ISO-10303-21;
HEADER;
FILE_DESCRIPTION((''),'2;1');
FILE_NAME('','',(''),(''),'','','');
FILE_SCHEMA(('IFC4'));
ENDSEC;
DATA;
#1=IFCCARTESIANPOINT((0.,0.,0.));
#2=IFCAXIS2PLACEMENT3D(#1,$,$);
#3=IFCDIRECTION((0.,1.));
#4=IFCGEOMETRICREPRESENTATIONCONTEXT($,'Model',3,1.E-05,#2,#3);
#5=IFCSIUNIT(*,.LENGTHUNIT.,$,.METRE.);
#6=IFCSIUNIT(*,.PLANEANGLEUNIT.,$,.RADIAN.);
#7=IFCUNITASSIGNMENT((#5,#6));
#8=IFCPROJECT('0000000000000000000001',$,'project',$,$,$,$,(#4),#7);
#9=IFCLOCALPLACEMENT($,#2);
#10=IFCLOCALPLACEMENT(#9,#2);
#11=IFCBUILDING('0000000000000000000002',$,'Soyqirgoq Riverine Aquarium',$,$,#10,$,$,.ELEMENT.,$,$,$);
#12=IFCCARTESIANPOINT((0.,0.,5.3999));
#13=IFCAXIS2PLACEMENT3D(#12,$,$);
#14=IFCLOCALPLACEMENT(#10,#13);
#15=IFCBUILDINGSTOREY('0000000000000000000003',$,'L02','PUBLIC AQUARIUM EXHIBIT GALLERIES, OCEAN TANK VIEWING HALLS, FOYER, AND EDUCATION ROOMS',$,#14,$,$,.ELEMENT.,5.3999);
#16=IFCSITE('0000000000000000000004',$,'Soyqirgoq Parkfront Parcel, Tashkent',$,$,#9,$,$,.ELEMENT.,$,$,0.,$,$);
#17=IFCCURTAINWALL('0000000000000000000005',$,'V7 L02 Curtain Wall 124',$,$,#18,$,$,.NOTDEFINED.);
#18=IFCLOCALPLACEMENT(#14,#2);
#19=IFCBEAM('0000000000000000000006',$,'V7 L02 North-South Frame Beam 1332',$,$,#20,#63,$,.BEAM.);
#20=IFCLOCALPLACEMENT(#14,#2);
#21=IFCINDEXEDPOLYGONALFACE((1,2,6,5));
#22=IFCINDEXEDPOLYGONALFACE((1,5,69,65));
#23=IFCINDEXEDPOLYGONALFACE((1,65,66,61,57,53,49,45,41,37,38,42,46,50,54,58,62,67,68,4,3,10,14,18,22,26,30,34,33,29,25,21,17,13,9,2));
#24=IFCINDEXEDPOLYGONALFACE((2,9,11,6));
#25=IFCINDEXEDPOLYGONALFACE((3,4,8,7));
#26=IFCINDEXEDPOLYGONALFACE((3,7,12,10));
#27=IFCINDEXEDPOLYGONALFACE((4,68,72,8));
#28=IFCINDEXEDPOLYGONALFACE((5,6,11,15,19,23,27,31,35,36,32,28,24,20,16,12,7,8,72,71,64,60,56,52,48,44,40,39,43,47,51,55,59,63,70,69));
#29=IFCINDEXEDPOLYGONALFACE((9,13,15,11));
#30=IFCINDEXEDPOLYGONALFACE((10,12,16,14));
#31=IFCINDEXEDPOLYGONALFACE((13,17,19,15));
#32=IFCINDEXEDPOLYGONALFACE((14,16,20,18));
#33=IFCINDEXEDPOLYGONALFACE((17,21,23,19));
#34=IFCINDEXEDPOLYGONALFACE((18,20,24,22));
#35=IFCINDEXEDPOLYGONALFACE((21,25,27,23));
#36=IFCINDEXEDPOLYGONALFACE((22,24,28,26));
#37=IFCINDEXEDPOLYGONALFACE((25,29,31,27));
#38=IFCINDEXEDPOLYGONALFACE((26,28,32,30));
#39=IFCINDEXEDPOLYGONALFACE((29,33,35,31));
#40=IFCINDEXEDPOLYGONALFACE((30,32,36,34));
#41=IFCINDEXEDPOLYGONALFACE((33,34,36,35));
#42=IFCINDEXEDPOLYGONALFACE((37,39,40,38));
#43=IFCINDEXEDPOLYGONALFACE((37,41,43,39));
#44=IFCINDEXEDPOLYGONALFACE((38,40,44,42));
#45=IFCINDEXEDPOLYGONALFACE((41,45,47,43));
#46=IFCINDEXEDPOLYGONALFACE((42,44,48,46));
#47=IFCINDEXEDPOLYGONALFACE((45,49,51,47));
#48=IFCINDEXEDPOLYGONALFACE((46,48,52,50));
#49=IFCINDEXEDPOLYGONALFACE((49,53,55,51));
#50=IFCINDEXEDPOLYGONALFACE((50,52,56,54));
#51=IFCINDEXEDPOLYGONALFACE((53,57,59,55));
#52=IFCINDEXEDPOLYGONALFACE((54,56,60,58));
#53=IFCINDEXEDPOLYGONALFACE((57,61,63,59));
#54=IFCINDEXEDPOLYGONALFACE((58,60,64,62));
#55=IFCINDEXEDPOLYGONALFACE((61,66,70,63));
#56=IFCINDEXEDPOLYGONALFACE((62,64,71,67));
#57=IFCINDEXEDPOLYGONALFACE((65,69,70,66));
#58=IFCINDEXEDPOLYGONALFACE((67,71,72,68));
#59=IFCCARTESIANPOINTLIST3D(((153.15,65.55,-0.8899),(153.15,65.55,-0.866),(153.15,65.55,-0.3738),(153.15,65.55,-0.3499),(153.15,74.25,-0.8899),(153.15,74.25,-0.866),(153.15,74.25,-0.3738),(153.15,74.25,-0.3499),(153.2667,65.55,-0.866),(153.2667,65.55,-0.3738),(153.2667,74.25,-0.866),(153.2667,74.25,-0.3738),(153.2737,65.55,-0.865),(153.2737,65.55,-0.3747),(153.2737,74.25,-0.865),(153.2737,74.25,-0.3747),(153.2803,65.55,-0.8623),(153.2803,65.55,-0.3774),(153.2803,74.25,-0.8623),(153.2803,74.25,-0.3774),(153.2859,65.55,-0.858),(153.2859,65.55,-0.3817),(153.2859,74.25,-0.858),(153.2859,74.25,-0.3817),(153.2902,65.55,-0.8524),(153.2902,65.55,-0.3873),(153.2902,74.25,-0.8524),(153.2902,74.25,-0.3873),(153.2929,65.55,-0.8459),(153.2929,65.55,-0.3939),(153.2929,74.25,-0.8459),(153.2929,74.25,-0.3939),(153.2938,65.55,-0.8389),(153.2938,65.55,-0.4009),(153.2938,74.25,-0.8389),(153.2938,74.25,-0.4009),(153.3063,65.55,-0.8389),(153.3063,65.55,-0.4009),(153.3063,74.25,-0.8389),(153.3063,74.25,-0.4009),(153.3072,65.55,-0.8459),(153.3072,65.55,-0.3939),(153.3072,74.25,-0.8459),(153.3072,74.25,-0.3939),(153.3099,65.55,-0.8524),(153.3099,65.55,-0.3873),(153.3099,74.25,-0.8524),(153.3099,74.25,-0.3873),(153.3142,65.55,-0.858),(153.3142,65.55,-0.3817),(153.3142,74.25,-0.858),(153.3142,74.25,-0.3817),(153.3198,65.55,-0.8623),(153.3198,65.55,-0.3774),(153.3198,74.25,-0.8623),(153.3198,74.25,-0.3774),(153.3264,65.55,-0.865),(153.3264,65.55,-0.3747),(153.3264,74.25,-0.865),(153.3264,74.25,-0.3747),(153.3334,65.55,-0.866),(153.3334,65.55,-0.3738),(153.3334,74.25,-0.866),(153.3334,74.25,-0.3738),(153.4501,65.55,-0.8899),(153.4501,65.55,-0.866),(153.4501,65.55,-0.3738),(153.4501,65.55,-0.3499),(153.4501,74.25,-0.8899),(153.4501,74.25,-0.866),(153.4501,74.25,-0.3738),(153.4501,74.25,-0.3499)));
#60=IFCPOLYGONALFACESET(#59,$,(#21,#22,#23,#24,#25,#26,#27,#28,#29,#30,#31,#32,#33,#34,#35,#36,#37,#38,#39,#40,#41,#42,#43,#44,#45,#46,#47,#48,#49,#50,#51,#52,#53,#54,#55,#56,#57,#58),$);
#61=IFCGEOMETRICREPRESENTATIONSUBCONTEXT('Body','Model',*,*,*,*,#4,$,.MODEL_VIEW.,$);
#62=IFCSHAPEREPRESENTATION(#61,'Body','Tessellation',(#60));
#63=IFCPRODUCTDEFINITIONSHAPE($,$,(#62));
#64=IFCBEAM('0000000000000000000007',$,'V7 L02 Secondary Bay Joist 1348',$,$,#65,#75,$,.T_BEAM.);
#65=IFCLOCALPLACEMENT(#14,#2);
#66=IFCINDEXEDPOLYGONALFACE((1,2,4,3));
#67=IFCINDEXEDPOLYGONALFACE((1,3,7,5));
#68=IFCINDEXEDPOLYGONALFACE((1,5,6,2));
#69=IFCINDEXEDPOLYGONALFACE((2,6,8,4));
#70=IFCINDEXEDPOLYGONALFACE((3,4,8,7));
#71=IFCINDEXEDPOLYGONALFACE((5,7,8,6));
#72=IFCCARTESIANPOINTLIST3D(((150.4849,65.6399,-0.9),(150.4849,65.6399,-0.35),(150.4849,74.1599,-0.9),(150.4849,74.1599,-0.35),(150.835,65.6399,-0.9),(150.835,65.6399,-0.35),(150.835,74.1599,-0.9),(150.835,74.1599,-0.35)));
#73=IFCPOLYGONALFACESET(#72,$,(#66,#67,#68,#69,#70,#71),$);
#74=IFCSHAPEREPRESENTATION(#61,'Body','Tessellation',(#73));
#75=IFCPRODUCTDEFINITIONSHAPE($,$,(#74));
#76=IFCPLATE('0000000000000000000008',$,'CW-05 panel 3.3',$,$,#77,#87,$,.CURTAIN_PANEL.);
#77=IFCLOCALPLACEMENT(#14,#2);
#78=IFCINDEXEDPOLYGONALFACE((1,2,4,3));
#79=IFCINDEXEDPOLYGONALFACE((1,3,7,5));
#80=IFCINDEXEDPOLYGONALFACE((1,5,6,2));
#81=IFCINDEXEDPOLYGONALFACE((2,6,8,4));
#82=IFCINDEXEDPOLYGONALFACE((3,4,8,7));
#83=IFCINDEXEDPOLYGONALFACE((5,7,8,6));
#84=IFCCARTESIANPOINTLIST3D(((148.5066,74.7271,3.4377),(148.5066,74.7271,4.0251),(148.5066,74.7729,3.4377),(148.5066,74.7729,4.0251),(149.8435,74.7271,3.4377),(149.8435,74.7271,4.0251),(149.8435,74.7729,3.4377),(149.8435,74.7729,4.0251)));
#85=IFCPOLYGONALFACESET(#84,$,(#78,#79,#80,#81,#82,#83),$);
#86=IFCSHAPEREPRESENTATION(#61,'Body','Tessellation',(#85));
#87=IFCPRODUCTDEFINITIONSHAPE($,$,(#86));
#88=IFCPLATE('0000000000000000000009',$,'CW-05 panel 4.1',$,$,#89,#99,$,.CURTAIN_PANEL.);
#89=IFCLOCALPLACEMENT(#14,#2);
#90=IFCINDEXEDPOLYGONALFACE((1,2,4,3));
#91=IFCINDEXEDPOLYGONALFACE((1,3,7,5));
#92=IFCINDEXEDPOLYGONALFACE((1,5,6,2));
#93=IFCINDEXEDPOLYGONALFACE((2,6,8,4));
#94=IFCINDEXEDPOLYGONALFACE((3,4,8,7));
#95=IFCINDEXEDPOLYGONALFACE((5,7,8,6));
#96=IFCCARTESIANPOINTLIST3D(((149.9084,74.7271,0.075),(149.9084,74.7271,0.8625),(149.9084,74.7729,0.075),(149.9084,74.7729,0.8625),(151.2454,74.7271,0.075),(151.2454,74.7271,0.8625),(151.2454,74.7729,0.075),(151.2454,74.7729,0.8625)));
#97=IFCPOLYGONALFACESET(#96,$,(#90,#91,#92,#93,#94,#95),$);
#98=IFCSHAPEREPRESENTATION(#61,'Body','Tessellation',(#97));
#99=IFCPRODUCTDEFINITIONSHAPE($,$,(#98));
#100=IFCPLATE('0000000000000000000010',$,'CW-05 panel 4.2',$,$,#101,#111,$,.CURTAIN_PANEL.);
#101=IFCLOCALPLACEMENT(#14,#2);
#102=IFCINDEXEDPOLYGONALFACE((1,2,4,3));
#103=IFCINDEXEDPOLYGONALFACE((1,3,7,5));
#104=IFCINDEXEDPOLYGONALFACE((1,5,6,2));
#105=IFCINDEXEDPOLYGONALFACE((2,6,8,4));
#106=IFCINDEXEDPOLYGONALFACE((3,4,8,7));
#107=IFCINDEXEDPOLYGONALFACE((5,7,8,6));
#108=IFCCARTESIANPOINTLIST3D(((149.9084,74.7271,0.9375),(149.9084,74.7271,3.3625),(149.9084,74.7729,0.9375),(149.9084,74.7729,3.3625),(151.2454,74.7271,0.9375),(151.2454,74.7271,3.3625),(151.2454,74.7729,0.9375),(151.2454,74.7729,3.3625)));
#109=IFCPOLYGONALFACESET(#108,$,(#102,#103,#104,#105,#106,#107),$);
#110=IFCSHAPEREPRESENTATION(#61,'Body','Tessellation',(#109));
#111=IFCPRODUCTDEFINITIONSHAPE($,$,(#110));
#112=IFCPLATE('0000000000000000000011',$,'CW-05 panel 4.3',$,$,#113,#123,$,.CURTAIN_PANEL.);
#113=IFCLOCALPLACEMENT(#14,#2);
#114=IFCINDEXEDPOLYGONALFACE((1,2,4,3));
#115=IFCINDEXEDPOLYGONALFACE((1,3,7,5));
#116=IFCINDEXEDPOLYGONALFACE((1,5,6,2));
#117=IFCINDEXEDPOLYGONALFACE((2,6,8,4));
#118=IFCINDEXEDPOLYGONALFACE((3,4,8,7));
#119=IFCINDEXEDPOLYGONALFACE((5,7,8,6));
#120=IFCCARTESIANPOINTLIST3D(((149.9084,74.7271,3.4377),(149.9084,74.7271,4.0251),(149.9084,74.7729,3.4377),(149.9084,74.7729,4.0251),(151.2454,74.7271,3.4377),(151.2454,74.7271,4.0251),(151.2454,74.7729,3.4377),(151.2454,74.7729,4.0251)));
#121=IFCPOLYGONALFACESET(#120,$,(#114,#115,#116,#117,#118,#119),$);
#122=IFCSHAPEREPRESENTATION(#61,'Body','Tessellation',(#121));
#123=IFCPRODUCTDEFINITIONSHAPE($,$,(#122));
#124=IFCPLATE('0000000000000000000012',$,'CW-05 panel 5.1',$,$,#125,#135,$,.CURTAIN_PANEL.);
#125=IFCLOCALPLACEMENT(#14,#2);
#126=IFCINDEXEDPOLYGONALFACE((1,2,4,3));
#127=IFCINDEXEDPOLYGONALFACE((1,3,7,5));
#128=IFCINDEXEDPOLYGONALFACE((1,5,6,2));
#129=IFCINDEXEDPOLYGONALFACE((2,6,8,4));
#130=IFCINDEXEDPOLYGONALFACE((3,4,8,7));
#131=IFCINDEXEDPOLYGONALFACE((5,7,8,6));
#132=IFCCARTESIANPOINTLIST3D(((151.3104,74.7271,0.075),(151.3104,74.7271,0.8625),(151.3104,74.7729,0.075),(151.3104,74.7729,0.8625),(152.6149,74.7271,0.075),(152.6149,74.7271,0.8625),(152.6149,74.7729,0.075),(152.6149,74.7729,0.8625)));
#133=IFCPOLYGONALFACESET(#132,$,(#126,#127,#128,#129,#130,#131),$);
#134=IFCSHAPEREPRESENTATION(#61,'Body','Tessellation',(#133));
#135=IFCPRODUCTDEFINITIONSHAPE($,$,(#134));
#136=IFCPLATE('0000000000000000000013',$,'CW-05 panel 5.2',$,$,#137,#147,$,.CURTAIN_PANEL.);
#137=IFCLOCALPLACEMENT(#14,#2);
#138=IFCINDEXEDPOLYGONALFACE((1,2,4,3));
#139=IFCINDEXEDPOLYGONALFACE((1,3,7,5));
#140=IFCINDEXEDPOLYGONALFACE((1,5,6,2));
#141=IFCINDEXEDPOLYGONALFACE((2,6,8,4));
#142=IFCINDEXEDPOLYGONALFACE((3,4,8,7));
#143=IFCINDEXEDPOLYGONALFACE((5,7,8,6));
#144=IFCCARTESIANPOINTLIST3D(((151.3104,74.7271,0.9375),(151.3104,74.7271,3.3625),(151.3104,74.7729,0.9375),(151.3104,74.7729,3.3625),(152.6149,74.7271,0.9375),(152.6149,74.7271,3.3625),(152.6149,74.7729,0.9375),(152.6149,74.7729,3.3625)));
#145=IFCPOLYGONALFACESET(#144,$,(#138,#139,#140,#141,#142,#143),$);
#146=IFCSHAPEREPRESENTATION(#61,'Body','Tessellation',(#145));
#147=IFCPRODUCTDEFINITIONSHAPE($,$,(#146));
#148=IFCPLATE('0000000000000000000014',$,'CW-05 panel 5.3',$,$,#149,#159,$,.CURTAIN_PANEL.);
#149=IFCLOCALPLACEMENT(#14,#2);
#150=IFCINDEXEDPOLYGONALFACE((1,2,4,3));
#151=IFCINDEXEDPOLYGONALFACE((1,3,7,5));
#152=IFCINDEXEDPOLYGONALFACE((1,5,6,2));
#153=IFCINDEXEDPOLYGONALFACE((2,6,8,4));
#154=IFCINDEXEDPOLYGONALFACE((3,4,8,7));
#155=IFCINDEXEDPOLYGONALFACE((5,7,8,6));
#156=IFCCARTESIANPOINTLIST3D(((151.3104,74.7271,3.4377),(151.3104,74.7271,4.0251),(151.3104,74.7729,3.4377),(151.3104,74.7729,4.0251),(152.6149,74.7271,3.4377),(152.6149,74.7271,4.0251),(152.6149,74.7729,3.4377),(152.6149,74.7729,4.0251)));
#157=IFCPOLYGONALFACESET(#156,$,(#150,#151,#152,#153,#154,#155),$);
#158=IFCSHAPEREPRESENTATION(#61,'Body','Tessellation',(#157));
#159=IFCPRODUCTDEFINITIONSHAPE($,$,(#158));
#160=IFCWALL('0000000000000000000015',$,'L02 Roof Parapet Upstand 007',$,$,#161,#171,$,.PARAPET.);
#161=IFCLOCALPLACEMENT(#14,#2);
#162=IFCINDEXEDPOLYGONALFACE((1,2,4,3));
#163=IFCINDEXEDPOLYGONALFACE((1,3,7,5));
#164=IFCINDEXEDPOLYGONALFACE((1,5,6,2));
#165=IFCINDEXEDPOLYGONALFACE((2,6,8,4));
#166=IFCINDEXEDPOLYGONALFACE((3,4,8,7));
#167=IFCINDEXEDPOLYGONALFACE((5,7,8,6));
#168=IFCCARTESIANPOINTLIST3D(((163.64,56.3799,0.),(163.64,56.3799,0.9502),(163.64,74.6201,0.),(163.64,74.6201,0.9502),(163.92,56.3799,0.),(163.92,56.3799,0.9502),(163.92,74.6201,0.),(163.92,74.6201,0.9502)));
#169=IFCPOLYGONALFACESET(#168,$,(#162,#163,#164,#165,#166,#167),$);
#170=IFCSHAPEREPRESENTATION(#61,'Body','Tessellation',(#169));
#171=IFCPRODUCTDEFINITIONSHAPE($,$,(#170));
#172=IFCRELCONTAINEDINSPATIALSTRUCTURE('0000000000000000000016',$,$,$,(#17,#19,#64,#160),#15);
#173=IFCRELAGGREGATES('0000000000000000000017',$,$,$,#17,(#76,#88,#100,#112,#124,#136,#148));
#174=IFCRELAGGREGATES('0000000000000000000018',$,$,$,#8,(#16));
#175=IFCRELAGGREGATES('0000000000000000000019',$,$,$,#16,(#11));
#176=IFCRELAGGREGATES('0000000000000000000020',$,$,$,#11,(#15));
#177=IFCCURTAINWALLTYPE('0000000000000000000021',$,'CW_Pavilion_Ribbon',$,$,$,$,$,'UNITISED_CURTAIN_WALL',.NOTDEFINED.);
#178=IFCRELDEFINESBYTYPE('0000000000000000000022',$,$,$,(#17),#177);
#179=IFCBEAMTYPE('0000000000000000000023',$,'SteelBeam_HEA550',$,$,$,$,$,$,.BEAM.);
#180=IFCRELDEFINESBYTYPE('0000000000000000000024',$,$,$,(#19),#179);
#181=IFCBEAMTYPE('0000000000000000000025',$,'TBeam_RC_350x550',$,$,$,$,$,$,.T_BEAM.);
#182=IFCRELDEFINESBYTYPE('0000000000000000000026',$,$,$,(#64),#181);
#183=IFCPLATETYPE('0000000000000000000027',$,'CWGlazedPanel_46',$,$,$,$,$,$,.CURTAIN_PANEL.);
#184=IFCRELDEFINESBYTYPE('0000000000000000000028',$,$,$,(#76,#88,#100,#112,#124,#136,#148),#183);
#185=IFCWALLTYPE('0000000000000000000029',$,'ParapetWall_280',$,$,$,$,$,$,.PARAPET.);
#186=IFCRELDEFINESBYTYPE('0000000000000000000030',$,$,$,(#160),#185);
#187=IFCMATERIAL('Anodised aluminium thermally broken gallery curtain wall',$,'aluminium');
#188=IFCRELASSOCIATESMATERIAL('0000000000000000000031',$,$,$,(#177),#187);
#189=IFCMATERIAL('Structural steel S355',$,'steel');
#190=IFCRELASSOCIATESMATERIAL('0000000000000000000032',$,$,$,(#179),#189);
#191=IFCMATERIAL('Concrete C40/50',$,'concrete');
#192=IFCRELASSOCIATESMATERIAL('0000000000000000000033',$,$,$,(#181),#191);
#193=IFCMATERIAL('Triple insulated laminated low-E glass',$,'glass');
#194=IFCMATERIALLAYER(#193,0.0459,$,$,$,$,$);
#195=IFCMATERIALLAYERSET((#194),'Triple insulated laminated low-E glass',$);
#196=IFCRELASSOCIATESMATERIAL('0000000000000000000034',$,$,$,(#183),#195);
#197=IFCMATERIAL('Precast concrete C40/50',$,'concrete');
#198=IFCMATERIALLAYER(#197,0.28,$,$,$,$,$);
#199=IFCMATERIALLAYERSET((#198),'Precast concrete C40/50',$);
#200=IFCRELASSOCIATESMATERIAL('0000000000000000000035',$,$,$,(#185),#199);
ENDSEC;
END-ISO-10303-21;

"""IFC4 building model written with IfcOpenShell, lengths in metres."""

from ifc_helpers import new_model, si_unit, direction, frame, frame_2d, origin, origin_2d, place, context, subcontext, project, spatial, rectangle, i_section, extrude, material, layer, layer_set, material_profile, profile_set, type_object, element, aggregate, save


model = new_model("IFC4")

# Units and contexts
model_context = context("Model", 3, precision=1e-05, world=origin(), true_north=direction((0.0, 1.0)))
body_context = subcontext(model_context, "Body", "Model", "MODEL_VIEW")
ifc_project = project(units=[si_unit("LENGTHUNIT", "METRE"), si_unit("PLANEANGLEUNIT", "RADIAN")], contexts=[model_context])

# Site, building, storey
site_placement = place(None, origin())
site = spatial("IfcSite", under=ifc_project, at=site_placement, Name="Soyqirgoq Parkfront Parcel, Tashkent", CompositionType="ELEMENT", RefElevation=0.0)
building_placement = place(site_placement, origin())
building = spatial("IfcBuilding", under=site, at=building_placement, Name="Soyqirgoq Riverine Aquarium", CompositionType="ELEMENT")
storey_placement = place(building_placement, frame((0.0, 0.0, 5.3999)))
storey = spatial("IfcBuildingStorey", under=building, at=storey_placement, Name="L02", Description="PUBLIC AQUARIUM EXHIBIT GALLERIES, OCEAN TANK VIEWING HALLS, FOYER, AND EDUCATION ROOMS", CompositionType="ELEMENT", Elevation=5.3999)

# Curtain wall
ifc_material_1 = material(Name="Anodised aluminium thermally broken gallery curtain wall", Category="aluminium")
curtain_wall_type = type_object("IfcCurtainWallType", Name="CW_Pavilion_Ribbon", ElementType="UNITISED_CURTAIN_WALL", PredefinedType="NOTDEFINED", material=ifc_material_1)
curtain_wall_placement = place(storey_placement, origin())
curtain_wall = element("IfcCurtainWall", 1, at=curtain_wall_placement, inside=storey, type_object=curtain_wall_type, Name="V7 L02 Curtain Wall 124", PredefinedType="NOTDEFINED")

# Beams
ifc_material_2 = material(Name="Structural steel S355", Category="steel")
ifc_material_profile_1 = material_profile(ifc_material_2, i_section(OverallWidth=0.3, OverallDepth=0.54, WebThickness=0.0125, FlangeThickness=0.0239, FilletRadius=0.0271, at=origin_2d()), Name="HEA 550")
ifc_profile_set_1 = profile_set([ifc_material_profile_1], Name="Structural steel S355")
beam_type_1 = type_object("IfcBeamType", Name="SteelBeam_HEA550", PredefinedType="BEAM", material=ifc_profile_set_1)
beam_1_placement = place(storey_placement, frame((153.3, 65.55, -0.6199), z_axis=(0.0, 1.0, 0.0), x_axis=(-1.0, 0.0, 0.0)))
element("IfcBeam", 2, at=beam_1_placement, inside=storey, type_object=beam_type_1, Name="V7 L02 North-South Frame Beam 1332", PredefinedType="BEAM", context=body_context, shape_type="SweptSolid", body=[
    extrude(i_section(OverallWidth=0.3, OverallDepth=0.54, WebThickness=0.0125, FlangeThickness=0.0239, FilletRadius=0.0271, at=origin_2d()), origin(), (0.0, 0.0, 1.0), 8.7),
])
ifc_material_3 = material(Name="Concrete C40/50", Category="concrete")
ifc_material_profile_2 = material_profile(ifc_material_3, rectangle(XDim=0.3501, YDim=0.55, at=origin_2d()), Name="RC 350x550")
ifc_profile_set_2 = profile_set([ifc_material_profile_2], Name="Concrete C40/50")
beam_type_2 = type_object("IfcBeamType", Name="TBeam_RC_350x550", PredefinedType="T_BEAM", material=ifc_profile_set_2)
beam_2_placement = place(storey_placement, frame((150.6599, 65.6399, -0.625), z_axis=(0.0, 1.0, 0.0), x_axis=(-1.0, 0.0, 0.0)))
element("IfcBeam", 3, at=beam_2_placement, inside=storey, type_object=beam_type_2, Name="V7 L02 Secondary Bay Joist 1348", PredefinedType="T_BEAM", context=body_context, shape_type="SweptSolid", body=[
    extrude(rectangle(XDim=0.3501, YDim=0.55, at=origin_2d()), origin(), (0.0, 0.0, 1.0), 8.52),
])

# Plates
ifc_material_4 = material(Name="Triple insulated laminated low-E glass", Category="glass")
ifc_layer_1 = layer(ifc_material_4, 0.0459)
ifc_layer_set_1 = layer_set([ifc_layer_1], Name="Triple insulated laminated low-E glass")
plate_type = type_object("IfcPlateType", Name="CWGlazedPanel_46", PredefinedType="CURTAIN_PANEL", material=ifc_layer_set_1)
plate_1_placement = place(storey_placement, frame((149.175, 74.75, 3.4377), z_axis=(0.0, 0.0, 1.0), x_axis=(1.0, 0.0, 0.0)))
plate_1 = element("IfcPlate", 4, at=plate_1_placement, type_object=plate_type, Name="CW-05 panel 3.3", PredefinedType="CURTAIN_PANEL", context=body_context, shape_type="SweptSolid", body=[
    extrude(rectangle(XDim=1.3369, YDim=0.0459, at=origin_2d()), origin(), (0.0, 0.0, 1.0), 0.5874),
])
plate_2_placement = place(storey_placement, frame((150.5769, 74.75, 0.075), z_axis=(0.0, 0.0, 1.0), x_axis=(1.0, 0.0, 0.0)))
plate_2 = element("IfcPlate", 5, at=plate_2_placement, type_object=plate_type, Name="CW-05 panel 4.1", PredefinedType="CURTAIN_PANEL", context=body_context, shape_type="SweptSolid", body=[
    extrude(rectangle(XDim=1.3369, YDim=0.0459, at=origin_2d()), origin(), (0.0, 0.0, 1.0), 0.7876),
])
plate_3_placement = place(storey_placement, frame((150.5769, 74.75, 0.9375), z_axis=(0.0, 0.0, 1.0), x_axis=(1.0, 0.0, 0.0)))
plate_3 = element("IfcPlate", 6, at=plate_3_placement, type_object=plate_type, Name="CW-05 panel 4.2", PredefinedType="CURTAIN_PANEL", context=body_context, shape_type="SweptSolid", body=[
    extrude(rectangle(XDim=1.3369, YDim=0.0459, at=origin_2d()), origin(), (0.0, 0.0, 1.0), 2.425),
])
plate_4_placement = place(storey_placement, frame((150.5769, 74.75, 3.4377), z_axis=(0.0, 0.0, 1.0), x_axis=(1.0, 0.0, 0.0)))
plate_4 = element("IfcPlate", 7, at=plate_4_placement, type_object=plate_type, Name="CW-05 panel 4.3", PredefinedType="CURTAIN_PANEL", context=body_context, shape_type="SweptSolid", body=[
    extrude(rectangle(XDim=1.3369, YDim=0.0459, at=origin_2d()), origin(), (0.0, 0.0, 1.0), 0.5874),
])
plate_5_placement = place(storey_placement, frame((151.9626, 74.75, 0.075), z_axis=(0.0, 0.0, 1.0), x_axis=(1.0, 0.0, 0.0)))
plate_5 = element("IfcPlate", 8, at=plate_5_placement, type_object=plate_type, Name="CW-05 panel 5.1", PredefinedType="CURTAIN_PANEL", context=body_context, shape_type="SweptSolid", body=[
    extrude(rectangle(XDim=1.3044, YDim=0.0459, at=origin_2d()), origin(), (0.0, 0.0, 1.0), 0.7876),
])
plate_6_placement = place(storey_placement, frame((151.9626, 74.75, 0.9375), z_axis=(0.0, 0.0, 1.0), x_axis=(1.0, 0.0, 0.0)))
plate_6 = element("IfcPlate", 9, at=plate_6_placement, type_object=plate_type, Name="CW-05 panel 5.2", PredefinedType="CURTAIN_PANEL", context=body_context, shape_type="SweptSolid", body=[
    extrude(rectangle(XDim=1.3044, YDim=0.0459, at=origin_2d()), origin(), (0.0, 0.0, 1.0), 2.425),
])
plate_7_placement = place(storey_placement, frame((151.9626, 74.75, 3.4377), z_axis=(0.0, 0.0, 1.0), x_axis=(1.0, 0.0, 0.0)))
plate_7 = element("IfcPlate", 10, at=plate_7_placement, type_object=plate_type, Name="CW-05 panel 5.3", PredefinedType="CURTAIN_PANEL", context=body_context, shape_type="SweptSolid", body=[
    extrude(rectangle(XDim=1.3044, YDim=0.0459, at=origin_2d()), origin(), (0.0, 0.0, 1.0), 0.5874),
])
aggregate(curtain_wall, [plate_1, plate_2, plate_3, plate_4, plate_5, plate_6, plate_7])

# Wall
ifc_material_5 = material(Name="Precast concrete C40/50", Category="concrete")
ifc_layer_2 = layer(ifc_material_5, 0.28)
ifc_layer_set_2 = layer_set([ifc_layer_2], Name="Precast concrete C40/50")
wall_type_1 = type_object("IfcWallType", Name="ParapetWall_280", PredefinedType="PARAPET", material=ifc_layer_set_2)
wall_1_placement = place(storey_placement, frame((163.78, 74.6201, 0.0), z_axis=(0.0, 0.0, 1.0), x_axis=(0.0, -1.0, 0.0)))
element("IfcWall", 11, at=wall_1_placement, inside=storey, type_object=wall_type_1, Name="L02 Roof Parapet Upstand 007", PredefinedType="PARAPET", context=body_context, shape_type="SweptSolid", body=[
    extrude(rectangle(XDim=18.2402, YDim=0.28, at=frame_2d((9.1201, 0.0))), origin(), (0.0, 0.0, 1.0), 0.9502),
])

save(model, "model.ifc")
